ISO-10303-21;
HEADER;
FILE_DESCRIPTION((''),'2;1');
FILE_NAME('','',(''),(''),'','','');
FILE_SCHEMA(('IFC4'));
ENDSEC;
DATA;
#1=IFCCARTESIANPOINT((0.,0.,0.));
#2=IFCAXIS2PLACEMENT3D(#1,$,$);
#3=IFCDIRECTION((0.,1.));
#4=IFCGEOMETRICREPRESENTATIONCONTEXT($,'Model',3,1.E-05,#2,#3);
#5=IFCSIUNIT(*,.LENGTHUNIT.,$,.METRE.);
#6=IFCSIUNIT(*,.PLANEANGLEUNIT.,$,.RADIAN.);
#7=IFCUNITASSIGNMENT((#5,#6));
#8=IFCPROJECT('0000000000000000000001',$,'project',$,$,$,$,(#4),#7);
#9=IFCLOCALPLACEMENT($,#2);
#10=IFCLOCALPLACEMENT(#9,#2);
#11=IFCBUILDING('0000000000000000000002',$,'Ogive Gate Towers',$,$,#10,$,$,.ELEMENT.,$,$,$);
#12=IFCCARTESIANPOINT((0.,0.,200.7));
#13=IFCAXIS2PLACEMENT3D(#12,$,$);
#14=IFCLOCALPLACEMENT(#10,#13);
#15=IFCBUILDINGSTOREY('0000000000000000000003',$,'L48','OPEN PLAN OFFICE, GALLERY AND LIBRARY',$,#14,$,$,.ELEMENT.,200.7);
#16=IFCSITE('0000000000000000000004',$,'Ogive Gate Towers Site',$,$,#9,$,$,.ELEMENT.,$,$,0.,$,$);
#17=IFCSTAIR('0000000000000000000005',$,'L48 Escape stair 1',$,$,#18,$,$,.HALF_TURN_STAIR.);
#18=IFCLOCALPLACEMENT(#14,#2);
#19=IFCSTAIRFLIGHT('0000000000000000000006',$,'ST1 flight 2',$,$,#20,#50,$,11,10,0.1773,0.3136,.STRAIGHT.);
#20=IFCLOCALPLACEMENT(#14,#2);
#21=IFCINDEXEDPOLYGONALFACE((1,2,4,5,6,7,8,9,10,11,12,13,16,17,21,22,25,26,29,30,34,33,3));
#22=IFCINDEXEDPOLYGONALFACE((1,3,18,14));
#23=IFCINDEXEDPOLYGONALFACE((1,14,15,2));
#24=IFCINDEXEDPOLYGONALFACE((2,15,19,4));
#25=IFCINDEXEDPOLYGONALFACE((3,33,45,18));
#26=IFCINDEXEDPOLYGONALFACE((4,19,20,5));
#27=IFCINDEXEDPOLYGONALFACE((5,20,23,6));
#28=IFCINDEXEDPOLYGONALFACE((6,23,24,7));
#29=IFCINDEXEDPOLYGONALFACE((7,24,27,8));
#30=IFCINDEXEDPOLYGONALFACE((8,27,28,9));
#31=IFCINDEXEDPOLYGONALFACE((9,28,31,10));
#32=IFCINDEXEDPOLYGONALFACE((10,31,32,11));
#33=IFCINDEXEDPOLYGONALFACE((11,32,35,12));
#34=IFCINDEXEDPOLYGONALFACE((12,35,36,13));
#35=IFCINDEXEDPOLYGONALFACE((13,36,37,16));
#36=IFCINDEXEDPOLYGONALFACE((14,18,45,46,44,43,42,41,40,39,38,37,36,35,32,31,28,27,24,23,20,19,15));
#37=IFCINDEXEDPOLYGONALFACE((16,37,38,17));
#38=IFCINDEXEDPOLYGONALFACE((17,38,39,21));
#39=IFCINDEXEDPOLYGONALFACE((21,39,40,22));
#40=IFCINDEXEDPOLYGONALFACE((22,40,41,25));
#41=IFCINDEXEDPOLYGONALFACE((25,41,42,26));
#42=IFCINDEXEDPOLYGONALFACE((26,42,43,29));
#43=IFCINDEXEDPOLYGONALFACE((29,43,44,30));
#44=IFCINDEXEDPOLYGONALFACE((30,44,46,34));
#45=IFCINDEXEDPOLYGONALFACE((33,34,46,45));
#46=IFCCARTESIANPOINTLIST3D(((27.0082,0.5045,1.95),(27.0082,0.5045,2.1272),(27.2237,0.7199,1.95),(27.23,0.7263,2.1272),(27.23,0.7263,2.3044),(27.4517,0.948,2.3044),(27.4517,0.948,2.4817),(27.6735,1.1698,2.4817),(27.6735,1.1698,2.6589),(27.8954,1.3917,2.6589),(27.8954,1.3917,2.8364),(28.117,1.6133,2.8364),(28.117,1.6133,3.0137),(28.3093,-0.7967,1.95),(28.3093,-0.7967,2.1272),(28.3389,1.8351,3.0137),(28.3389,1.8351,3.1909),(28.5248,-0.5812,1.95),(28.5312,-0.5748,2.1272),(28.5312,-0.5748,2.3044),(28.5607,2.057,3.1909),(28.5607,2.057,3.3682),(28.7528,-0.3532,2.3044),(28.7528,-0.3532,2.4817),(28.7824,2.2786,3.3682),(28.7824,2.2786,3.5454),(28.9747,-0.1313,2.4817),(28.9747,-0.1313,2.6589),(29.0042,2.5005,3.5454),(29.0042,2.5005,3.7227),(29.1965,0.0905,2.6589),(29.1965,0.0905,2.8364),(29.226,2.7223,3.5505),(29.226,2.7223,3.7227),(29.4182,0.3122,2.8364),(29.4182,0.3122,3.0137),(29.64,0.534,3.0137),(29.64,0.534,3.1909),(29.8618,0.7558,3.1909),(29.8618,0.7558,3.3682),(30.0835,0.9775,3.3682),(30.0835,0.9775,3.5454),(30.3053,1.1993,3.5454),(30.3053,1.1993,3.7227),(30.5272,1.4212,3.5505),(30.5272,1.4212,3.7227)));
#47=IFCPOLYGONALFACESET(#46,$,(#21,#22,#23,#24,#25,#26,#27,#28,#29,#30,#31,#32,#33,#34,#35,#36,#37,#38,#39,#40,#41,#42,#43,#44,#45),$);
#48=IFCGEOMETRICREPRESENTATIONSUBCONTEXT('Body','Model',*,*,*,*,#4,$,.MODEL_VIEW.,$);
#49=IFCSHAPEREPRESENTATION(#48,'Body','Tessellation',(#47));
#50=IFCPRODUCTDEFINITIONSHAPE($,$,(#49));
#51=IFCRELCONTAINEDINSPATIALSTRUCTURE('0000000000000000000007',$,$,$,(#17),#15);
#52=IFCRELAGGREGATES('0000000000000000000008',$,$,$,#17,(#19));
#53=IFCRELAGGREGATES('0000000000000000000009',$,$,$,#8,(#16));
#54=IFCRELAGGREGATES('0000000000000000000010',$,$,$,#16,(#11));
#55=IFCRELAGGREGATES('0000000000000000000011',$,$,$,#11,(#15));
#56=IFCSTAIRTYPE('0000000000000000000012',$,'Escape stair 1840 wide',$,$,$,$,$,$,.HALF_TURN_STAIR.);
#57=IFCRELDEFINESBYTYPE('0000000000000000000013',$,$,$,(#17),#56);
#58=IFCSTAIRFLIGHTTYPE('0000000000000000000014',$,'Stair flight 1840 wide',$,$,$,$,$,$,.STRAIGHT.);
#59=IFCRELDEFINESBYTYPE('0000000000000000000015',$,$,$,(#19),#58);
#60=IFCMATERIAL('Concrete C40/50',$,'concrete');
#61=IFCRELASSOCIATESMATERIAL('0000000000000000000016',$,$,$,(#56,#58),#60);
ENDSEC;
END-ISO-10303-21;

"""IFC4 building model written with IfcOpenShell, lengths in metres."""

from ifc_helpers import new_model, si_unit, direction, frame, origin, place, context, subcontext, project, spatial, polyline, outline, extrude, material, type_object, element, aggregate, save


model = new_model("IFC4")

# Units and contexts
model_context = context("Model", 3, precision=1e-05, world=origin(), true_north=direction((0.0, 1.0)))
body_context = subcontext(model_context, "Body", "Model", "MODEL_VIEW")
ifc_project = project(units=[si_unit("LENGTHUNIT", "METRE"), si_unit("PLANEANGLEUNIT", "RADIAN")], contexts=[model_context])

# Site, building, storey
site_placement = place(None, origin())
site = spatial("IfcSite", under=ifc_project, at=site_placement, Name="Ogive Gate Towers Site", CompositionType="ELEMENT", RefElevation=0.0)
building_placement = place(site_placement, origin())
building = spatial("IfcBuilding", under=site, at=building_placement, Name="Ogive Gate Towers", CompositionType="ELEMENT")
storey_placement = place(building_placement, frame((0.0, 0.0, 200.7)))
storey = spatial("IfcBuildingStorey", under=building, at=storey_placement, Name="L48", Description="OPEN PLAN OFFICE, GALLERY AND LIBRARY", CompositionType="ELEMENT", Elevation=200.7)

# Stair, stair flight
ifc_material_1 = material(Name="Concrete C40/50", Category="concrete")
stair_type = type_object("IfcStairType", Name="Escape stair 1840 wide", PredefinedType="HALF_TURN_STAIR", material=ifc_material_1)
stair_placement = place(storey_placement, origin())
stair = element("IfcStair", 1, at=stair_placement, inside=storey, type_object=stair_type, Name="L48 Escape stair 1", PredefinedType="HALF_TURN_STAIR")
stair_flight_type = type_object("IfcStairFlightType", Name="Stair flight 1840 wide", PredefinedType="STRAIGHT", material=ifc_material_1)
stair_flight_placement = place(storey_placement, frame((27.6587, -0.146, 1.95), z_axis=(0.0, 0.0, 1.0), x_axis=(0.707107, 0.707107, 0.0)))
stair_flight = element("IfcStairFlight", 2, at=stair_flight_placement, type_object=stair_flight_type, Name="ST1 flight 2", NumberOfRisers=11, NumberOfTreads=10, PredefinedType="STRAIGHT", RiserHeight=0.1773, TreadLength=0.3136, context=body_context, shape_type="SweptSolid", body=[
    extrude(outline(polyline([(0.0, 0.0), (0.0, 0.1772), (0.3137, 0.1772), (0.3137, 0.3545), (0.6272, 0.3545), (0.6272, 0.5317), (0.9409, 0.5317), (0.9409, 0.709), (1.2546, 0.709), (1.2546, 0.8865), (1.5681, 0.8865), (1.5681, 1.0637), (1.8818, 1.0637), (1.8818, 1.241), (2.1956, 1.241), (2.1956, 1.4182), (2.509, 1.4182), (2.509, 1.5955), (2.8228, 1.5955), (2.8228, 1.7727), (3.1365, 1.7727), (3.1365, 1.95), (3.1365, 1.6006), (0.3047, 0.0), (0.0, 0.0)])), frame((0.0, 0.9199, 0.0), z_axis=(0.0, -1.0, 0.0), x_axis=(1.0, 0.0, 0.0)), (0.0, 0.0, 1.0), 1.8401),
])
aggregate(stair, [stair_flight])

save(model, "model.ifc")
